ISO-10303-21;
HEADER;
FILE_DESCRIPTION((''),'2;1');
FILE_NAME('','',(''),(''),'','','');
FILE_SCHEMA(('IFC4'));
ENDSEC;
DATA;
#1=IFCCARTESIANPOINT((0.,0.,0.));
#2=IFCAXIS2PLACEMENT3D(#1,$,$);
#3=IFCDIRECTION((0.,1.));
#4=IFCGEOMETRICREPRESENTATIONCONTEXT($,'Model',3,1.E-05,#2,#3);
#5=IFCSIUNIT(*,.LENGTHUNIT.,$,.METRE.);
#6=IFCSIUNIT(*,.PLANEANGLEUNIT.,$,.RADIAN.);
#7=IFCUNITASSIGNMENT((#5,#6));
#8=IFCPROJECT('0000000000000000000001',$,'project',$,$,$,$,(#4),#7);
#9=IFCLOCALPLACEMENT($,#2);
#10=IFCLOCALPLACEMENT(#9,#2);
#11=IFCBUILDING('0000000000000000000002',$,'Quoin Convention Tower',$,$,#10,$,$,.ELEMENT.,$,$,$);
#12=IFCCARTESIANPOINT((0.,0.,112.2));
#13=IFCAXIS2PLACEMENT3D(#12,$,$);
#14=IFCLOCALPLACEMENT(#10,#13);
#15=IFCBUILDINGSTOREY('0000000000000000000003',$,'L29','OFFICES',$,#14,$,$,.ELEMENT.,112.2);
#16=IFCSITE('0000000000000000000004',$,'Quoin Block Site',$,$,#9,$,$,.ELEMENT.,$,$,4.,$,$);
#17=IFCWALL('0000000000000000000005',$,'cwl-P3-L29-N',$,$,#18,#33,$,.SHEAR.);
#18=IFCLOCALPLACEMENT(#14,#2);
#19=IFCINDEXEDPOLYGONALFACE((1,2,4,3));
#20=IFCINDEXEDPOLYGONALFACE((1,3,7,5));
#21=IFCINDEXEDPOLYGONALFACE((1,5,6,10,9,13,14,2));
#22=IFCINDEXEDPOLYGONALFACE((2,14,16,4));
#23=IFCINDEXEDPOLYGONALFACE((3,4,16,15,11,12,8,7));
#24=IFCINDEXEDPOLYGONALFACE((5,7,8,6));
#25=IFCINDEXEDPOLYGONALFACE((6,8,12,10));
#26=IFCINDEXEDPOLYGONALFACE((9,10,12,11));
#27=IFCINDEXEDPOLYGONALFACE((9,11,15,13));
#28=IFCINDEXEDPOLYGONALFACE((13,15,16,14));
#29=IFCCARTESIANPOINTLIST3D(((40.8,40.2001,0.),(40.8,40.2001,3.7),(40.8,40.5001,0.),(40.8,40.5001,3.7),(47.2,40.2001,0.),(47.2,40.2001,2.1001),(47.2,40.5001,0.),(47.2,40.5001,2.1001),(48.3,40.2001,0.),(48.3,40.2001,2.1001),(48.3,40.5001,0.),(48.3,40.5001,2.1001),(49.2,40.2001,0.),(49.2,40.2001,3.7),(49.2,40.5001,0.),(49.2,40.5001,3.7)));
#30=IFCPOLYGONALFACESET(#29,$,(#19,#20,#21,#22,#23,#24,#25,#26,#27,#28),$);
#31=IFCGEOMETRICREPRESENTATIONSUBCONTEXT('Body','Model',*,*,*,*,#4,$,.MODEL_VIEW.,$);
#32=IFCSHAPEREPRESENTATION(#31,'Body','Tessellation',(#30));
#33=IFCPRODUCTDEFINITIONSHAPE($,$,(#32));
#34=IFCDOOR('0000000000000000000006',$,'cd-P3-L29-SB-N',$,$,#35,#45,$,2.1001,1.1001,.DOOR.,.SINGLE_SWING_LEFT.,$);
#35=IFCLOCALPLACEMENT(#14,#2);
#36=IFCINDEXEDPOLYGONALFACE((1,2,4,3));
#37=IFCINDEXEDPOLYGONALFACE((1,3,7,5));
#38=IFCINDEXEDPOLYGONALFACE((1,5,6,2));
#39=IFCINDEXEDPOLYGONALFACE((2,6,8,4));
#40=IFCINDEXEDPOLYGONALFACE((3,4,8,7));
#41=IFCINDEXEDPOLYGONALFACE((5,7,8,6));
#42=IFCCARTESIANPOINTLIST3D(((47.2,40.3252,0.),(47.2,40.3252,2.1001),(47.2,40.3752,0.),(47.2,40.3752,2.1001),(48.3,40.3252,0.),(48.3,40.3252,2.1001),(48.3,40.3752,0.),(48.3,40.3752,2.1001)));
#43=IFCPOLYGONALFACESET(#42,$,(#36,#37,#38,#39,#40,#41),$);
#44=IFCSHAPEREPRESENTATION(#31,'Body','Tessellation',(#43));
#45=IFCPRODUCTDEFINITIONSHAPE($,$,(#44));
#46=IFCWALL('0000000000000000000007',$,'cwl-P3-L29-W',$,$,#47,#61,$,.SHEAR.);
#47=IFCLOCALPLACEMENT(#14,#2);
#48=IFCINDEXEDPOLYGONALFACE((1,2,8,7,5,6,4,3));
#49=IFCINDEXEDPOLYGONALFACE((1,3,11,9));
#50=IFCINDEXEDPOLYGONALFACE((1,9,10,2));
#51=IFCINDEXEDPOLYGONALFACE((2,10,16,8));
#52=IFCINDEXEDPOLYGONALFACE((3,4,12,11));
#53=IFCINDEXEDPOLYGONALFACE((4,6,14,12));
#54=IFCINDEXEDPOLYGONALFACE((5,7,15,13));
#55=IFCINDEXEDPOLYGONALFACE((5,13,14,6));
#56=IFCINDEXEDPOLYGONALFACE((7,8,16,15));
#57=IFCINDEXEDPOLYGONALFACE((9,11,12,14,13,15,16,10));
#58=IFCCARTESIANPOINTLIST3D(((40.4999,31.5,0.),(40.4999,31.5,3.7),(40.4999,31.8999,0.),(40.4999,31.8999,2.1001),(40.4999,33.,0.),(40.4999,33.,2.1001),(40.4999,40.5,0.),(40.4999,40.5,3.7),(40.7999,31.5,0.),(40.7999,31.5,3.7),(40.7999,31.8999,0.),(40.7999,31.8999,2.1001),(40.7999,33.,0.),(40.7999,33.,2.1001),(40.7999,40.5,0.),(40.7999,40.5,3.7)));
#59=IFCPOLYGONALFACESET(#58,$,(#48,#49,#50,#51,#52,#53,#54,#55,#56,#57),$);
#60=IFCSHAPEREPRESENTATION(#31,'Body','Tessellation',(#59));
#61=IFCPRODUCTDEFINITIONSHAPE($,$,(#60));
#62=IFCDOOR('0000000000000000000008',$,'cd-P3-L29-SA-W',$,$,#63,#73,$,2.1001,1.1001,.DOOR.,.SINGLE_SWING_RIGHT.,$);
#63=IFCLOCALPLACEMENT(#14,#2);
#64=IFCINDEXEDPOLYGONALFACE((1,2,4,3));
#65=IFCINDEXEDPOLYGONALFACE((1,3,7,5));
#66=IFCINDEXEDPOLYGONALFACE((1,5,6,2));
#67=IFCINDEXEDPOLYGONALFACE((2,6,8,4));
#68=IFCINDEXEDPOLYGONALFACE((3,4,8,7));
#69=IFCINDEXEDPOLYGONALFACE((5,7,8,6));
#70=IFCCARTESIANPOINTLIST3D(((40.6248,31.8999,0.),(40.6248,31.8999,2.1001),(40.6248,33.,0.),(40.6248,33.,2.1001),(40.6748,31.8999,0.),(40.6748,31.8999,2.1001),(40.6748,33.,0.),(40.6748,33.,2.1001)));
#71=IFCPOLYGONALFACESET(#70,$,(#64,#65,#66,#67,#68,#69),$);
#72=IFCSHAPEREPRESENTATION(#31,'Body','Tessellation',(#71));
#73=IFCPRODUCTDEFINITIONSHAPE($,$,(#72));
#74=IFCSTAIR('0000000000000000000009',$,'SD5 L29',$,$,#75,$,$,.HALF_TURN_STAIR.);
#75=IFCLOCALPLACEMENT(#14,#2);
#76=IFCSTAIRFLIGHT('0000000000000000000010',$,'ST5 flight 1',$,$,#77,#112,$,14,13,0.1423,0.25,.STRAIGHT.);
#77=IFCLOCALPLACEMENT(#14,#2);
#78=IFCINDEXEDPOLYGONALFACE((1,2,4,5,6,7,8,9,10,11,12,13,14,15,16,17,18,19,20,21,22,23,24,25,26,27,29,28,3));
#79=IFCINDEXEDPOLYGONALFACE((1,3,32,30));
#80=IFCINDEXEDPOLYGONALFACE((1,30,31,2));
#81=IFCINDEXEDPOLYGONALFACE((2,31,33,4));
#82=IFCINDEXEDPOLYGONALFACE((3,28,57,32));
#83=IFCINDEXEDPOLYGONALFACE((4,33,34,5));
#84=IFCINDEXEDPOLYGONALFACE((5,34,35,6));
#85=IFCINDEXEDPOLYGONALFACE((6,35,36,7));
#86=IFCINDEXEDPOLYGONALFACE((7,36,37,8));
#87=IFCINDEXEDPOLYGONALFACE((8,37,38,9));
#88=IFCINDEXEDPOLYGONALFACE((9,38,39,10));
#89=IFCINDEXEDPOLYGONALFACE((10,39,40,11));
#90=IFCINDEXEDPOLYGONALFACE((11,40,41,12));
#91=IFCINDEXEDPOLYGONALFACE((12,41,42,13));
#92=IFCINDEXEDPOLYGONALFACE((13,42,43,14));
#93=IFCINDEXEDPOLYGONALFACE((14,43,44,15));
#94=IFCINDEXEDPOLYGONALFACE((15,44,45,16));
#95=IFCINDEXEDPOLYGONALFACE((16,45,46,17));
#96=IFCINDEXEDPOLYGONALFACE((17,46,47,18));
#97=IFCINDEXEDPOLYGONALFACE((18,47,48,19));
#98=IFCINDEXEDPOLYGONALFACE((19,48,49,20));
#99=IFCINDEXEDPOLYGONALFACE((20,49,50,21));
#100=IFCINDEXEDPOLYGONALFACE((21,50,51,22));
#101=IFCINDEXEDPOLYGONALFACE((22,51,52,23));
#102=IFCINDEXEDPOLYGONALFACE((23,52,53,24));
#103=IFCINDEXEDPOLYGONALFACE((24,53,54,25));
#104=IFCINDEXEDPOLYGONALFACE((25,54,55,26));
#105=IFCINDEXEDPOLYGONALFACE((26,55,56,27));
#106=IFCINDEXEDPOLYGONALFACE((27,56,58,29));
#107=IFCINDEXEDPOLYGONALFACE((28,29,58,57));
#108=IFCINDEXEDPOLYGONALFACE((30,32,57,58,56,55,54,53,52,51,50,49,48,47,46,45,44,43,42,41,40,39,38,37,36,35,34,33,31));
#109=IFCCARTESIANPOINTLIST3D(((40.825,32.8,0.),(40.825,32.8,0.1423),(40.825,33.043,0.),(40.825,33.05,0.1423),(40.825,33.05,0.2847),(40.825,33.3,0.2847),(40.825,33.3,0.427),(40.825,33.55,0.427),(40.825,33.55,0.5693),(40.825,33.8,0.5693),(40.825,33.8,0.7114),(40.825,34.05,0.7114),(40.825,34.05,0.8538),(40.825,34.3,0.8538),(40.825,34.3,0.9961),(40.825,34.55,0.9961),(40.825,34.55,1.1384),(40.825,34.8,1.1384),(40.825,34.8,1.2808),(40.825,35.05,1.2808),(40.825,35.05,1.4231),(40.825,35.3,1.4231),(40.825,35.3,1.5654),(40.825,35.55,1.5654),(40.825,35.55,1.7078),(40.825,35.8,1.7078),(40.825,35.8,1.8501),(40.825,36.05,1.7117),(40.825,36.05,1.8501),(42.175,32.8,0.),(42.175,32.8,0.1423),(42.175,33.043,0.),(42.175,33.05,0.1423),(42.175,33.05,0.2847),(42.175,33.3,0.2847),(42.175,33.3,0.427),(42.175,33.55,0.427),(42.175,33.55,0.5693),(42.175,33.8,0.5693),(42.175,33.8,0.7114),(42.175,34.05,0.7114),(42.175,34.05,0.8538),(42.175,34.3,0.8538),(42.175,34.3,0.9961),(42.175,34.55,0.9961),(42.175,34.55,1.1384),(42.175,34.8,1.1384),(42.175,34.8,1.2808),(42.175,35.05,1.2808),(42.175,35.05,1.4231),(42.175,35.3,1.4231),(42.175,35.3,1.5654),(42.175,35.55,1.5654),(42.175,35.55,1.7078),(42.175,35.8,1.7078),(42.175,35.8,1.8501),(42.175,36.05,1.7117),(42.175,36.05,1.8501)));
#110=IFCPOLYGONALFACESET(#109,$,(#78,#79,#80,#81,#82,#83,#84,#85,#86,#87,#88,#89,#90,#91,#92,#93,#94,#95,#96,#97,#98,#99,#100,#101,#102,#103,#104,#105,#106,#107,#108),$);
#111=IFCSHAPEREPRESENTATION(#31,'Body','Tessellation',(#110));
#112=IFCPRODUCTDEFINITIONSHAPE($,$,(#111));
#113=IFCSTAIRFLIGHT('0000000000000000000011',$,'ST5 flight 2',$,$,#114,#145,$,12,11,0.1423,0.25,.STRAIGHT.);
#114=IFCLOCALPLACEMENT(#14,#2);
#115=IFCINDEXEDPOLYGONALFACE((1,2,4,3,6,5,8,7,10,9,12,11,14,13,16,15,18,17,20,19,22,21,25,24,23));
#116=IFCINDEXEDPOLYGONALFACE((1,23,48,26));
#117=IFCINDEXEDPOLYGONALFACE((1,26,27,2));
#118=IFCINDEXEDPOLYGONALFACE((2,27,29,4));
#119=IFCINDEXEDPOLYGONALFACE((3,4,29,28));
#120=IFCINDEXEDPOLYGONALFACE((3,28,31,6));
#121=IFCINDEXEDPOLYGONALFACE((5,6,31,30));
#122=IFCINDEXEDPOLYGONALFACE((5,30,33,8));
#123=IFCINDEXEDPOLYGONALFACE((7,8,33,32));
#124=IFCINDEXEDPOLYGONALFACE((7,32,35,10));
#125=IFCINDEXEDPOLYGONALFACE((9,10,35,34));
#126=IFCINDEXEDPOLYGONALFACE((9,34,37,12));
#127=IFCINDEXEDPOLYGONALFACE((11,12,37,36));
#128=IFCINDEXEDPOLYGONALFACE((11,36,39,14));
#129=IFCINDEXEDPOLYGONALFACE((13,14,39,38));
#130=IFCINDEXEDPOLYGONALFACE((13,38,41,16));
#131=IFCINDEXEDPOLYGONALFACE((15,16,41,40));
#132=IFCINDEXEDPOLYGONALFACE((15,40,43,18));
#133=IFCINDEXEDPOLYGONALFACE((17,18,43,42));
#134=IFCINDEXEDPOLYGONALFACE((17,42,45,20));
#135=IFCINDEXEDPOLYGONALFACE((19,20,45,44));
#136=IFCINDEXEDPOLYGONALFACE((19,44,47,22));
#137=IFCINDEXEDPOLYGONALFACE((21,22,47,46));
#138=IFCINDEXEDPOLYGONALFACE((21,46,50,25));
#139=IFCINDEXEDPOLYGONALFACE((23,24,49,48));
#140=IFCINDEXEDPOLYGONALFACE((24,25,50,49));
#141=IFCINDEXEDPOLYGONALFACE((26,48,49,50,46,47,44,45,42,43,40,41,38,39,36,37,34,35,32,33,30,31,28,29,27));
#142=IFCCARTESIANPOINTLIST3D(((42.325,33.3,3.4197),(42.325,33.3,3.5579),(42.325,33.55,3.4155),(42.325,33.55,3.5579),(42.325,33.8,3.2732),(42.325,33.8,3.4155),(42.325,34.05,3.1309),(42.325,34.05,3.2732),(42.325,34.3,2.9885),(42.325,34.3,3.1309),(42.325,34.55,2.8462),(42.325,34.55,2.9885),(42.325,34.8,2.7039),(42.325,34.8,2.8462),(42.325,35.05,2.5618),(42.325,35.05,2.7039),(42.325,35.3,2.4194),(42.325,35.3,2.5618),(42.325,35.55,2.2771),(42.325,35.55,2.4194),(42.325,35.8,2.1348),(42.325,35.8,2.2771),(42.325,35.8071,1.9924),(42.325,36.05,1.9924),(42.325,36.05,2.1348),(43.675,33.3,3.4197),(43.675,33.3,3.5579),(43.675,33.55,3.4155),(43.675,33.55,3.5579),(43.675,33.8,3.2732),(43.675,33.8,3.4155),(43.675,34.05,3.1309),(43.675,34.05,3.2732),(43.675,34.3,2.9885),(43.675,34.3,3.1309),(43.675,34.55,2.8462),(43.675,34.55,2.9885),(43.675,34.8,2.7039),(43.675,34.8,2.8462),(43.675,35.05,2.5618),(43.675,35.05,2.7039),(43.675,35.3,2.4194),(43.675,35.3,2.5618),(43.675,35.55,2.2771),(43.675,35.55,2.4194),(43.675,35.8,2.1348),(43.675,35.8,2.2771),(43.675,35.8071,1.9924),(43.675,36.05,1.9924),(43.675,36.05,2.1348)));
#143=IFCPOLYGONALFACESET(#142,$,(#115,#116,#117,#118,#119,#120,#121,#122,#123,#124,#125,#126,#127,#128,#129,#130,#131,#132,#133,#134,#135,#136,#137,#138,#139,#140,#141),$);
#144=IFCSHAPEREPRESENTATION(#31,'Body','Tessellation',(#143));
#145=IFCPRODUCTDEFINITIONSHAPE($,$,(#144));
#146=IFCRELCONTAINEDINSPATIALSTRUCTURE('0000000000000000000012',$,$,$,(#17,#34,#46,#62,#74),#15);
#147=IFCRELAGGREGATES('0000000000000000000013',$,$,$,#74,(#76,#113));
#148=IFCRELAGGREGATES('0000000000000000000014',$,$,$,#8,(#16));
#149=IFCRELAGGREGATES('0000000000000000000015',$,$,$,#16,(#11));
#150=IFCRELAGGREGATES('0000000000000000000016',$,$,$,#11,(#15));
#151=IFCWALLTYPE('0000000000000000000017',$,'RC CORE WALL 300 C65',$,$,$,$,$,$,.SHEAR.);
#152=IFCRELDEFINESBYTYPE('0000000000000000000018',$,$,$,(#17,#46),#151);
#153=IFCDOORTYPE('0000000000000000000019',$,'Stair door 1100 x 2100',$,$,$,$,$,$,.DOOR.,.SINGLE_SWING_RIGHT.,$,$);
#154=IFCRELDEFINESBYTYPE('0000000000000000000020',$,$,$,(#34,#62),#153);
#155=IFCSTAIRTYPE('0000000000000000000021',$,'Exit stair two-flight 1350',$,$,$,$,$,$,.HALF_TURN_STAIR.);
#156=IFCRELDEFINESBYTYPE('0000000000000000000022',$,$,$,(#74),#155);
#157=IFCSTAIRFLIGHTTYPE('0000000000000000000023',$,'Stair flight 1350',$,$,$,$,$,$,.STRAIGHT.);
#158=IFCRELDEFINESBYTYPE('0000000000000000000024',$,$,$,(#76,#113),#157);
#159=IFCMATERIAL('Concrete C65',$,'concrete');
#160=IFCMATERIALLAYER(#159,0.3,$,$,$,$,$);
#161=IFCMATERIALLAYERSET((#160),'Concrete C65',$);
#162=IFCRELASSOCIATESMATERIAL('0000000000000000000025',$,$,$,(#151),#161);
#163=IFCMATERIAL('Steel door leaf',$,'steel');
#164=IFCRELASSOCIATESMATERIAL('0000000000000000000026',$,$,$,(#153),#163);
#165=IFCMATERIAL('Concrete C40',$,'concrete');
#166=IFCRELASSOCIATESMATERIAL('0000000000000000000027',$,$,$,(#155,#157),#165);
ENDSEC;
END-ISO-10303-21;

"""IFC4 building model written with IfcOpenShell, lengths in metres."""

from ifc_helpers import new_model, si_unit, direction, frame, frame_2d, origin, place, context, subcontext, project, spatial, polyline, rectangle, outline, extrude, material, layer, layer_set, type_object, element, fill, aggregate, save


model = new_model("IFC4")

# Units and contexts
model_context = context("Model", 3, precision=1e-05, world=origin(), true_north=direction((0.0, 1.0)))
body_context = subcontext(model_context, "Body", "Model", "MODEL_VIEW")
ifc_project = project(units=[si_unit("LENGTHUNIT", "METRE"), si_unit("PLANEANGLEUNIT", "RADIAN")], contexts=[model_context])

# Site, building, storey
site_placement = place(None, origin())
site = spatial("IfcSite", under=ifc_project, at=site_placement, Name="Quoin Block Site", CompositionType="ELEMENT", RefElevation=4.0)
building_placement = place(site_placement, origin())
building = spatial("IfcBuilding", under=site, at=building_placement, Name="Quoin Convention Tower", CompositionType="ELEMENT")
storey_placement = place(building_placement, frame((0.0, 0.0, 112.2)))
storey = spatial("IfcBuildingStorey", under=building, at=storey_placement, Name="L29", Description="OFFICES", CompositionType="ELEMENT", Elevation=112.2)

# Shared definitions
ifc_material_1 = material(Name="Concrete C65", Category="concrete")

# Walls, openings, doors
ifc_layer_1 = layer(ifc_material_1, 0.3)
ifc_layer_set_1 = layer_set([ifc_layer_1], Name="Concrete C65")
wall_type_1 = type_object("IfcWallType", Name="RC CORE WALL 300 C65", PredefinedType="SHEAR", material=ifc_layer_set_1)
ifc_material_2 = material(Name="Steel door leaf", Category="steel")
wall_1_placement = place(storey_placement, frame((40.8, 40.3501, 0.0), z_axis=(0.0, 0.0, 1.0), x_axis=(1.0, 0.0, 0.0)))
wall_1 = element("IfcWall", 1, at=wall_1_placement, inside=storey, type_object=wall_type_1, Name="cwl-P3-L29-N", PredefinedType="SHEAR", context=body_context, shape_type="SweptSolid", body=[
    extrude(rectangle(XDim=8.3999, YDim=0.3, at=frame_2d((4.2, 0.0))), origin(), (0.0, 0.0, 1.0), 3.7),
])
opening_1_placement = place(wall_1_placement, frame((6.3999, 0.0, 0.0)))
opening_1 = element("IfcOpeningElement", 2, at=opening_1_placement, cuts=wall_1, PredefinedType="OPENING", context=body_context, shape_type="SweptSolid", body=[
    extrude(rectangle(XDim=1.1001, YDim=2.1001, at=frame_2d((0.55, 1.05))), frame((0.0, 0.1599, 0.0), z_axis=(0.0, -1.0, 0.0), x_axis=(1.0, 0.0, 0.0)), (0.0, 0.0, 1.0), 0.3201),
])
door_type_1 = type_object("IfcDoorType", Name="Stair door 1100 x 2100", OperationType="SINGLE_SWING_RIGHT", PredefinedType="DOOR", material=ifc_material_2)
door_1_placement = place(opening_1_placement, frame((1.1001, 0.0, 0.0), z_axis=(0.0, 0.0, 1.0), x_axis=(-1.0, 0.0, 0.0)))
door_1 = element("IfcDoor", 3, at=door_1_placement, inside=storey, type_object=door_type_1, Name="cd-P3-L29-SB-N", OperationType="SINGLE_SWING_LEFT", OverallHeight=2.1001, OverallWidth=1.1001, PredefinedType="DOOR", context=body_context, shape_type="SweptSolid", body=[
    extrude(rectangle(XDim=1.1001, YDim=2.1001, at=frame_2d((0.55, 1.05))), frame((0.0, 0.0249, 0.0), z_axis=(0.0, -1.0, 0.0), x_axis=(1.0, 0.0, 0.0)), (0.0, 0.0, 1.0), 0.05),
])
fill(opening_1, door_1)
wall_2_placement = place(storey_placement, frame((40.6499, 31.5, 0.0), z_axis=(0.0, 0.0, 1.0), x_axis=(0.0, 1.0, 0.0)))
wall_2 = element("IfcWall", 4, at=wall_2_placement, inside=storey, type_object=wall_type_1, Name="cwl-P3-L29-W", PredefinedType="SHEAR", context=body_context, shape_type="SweptSolid", body=[
    extrude(rectangle(XDim=9.0, YDim=0.3, at=frame_2d((4.5, 0.0))), origin(), (0.0, 0.0, 1.0), 3.7),
])
opening_2_placement = place(wall_2_placement, frame((0.3999, 0.0, 0.0)))
opening_2 = element("IfcOpeningElement", 5, at=opening_2_placement, cuts=wall_2, PredefinedType="OPENING", context=body_context, shape_type="SweptSolid", body=[
    extrude(rectangle(XDim=1.1001, YDim=2.1001, at=frame_2d((0.55, 1.05))), frame((0.0, 0.1599, 0.0), z_axis=(0.0, -1.0, 0.0), x_axis=(1.0, 0.0, 0.0)), (0.0, 0.0, 1.0), 0.3201),
])
door_2_placement = place(opening_2_placement, frame((1.1001, 0.0, 0.0), z_axis=(0.0, 0.0, 1.0), x_axis=(-1.0, 0.0, 0.0)))
door_2 = element("IfcDoor", 6, at=door_2_placement, inside=storey, type_object=door_type_1, Name="cd-P3-L29-SA-W", OperationType="SINGLE_SWING_RIGHT", OverallHeight=2.1001, OverallWidth=1.1001, PredefinedType="DOOR", context=body_context, shape_type="SweptSolid", body=[
    extrude(rectangle(XDim=1.1001, YDim=2.1001, at=frame_2d((0.55, 1.05))), frame((0.0, 0.0249, 0.0), z_axis=(0.0, -1.0, 0.0), x_axis=(1.0, 0.0, 0.0)), (0.0, 0.0, 1.0), 0.05),
])
fill(opening_2, door_2)

# Stair, stair flights
ifc_material_3 = material(Name="Concrete C40", Category="concrete")
stair_type = type_object("IfcStairType", Name="Exit stair two-flight 1350", PredefinedType="HALF_TURN_STAIR", material=ifc_material_3)
stair_placement = place(storey_placement, origin())
stair = element("IfcStair", 7, at=stair_placement, inside=storey, type_object=stair_type, Name="SD5 L29", PredefinedType="HALF_TURN_STAIR")
stair_flight_type = type_object("IfcStairFlightType", Name="Stair flight 1350", PredefinedType="STRAIGHT", material=ifc_material_3)
stair_flight_1_placement = place(storey_placement, frame((41.5, 32.8, 0.0), z_axis=(0.0, 0.0, 1.0), x_axis=(0.0, 1.0, 0.0)))
stair_flight_1 = element("IfcStairFlight", 8, at=stair_flight_1_placement, type_object=stair_flight_type, Name="ST5 flight 1", NumberOfRisers=14, NumberOfTreads=13, PredefinedType="STRAIGHT", RiserHeight=0.1423, TreadLength=0.25, context=body_context, shape_type="SweptSolid", body=[
    extrude(outline(polyline([(0.0, 0.0), (0.0, 0.1423), (0.25, 0.1423), (0.25, 0.2847), (0.5, 0.2847), (0.5, 0.427), (0.75, 0.427), (0.75, 0.5693), (1.0, 0.5693), (1.0, 0.7114), (1.25, 0.7114), (1.25, 0.8538), (1.5, 0.8538), (1.5, 0.9961), (1.75, 0.9961), (1.75, 1.1384), (2.0, 1.1384), (2.0, 1.2808), (2.25, 1.2808), (2.25, 1.4231), (2.5, 1.4231), (2.5, 1.5654), (2.75, 1.5654), (2.75, 1.7078), (3.0, 1.7078), (3.0, 1.8501), (3.25, 1.8501), (3.25, 1.9922), (3.25, 1.7117), (0.2429, 0.0), (0.0, 0.0)])), frame((0.0, 0.675, 0.0), z_axis=(0.0, -1.0, 0.0), x_axis=(1.0, 0.0, 0.0)), (0.0, 0.0, 1.0), 1.3501),
])
stair_flight_2_placement = place(storey_placement, frame((43.0, 36.05, 1.9924), z_axis=(0.0, 0.0, 1.0), x_axis=(0.0, -1.0, 0.0)))
stair_flight_2 = element("IfcStairFlight", 9, at=stair_flight_2_placement, type_object=stair_flight_type, Name="ST5 flight 2", NumberOfRisers=12, NumberOfTreads=11, PredefinedType="STRAIGHT", RiserHeight=0.1423, TreadLength=0.25, context=body_context, shape_type="SweptSolid", body=[
    extrude(outline(polyline([(0.0, 0.0), (0.0, 0.1423), (0.25, 0.1423), (0.25, 0.2847), (0.5, 0.2847), (0.5, 0.427), (0.75, 0.427), (0.75, 0.5693), (1.0, 0.5693), (1.0, 0.7114), (1.25, 0.7114), (1.25, 0.8538), (1.5, 0.8538), (1.5, 0.9961), (1.75, 0.9961), (1.75, 1.1384), (2.0, 1.1384), (2.0, 1.2808), (2.25, 1.2808), (2.25, 1.4231), (2.5, 1.4231), (2.5, 1.5654), (2.75, 1.5654), (2.75, 1.7078), (2.75, 1.4272), (0.2429, 0.0), (0.0, 0.0)])), frame((0.0, 0.675, 0.0), z_axis=(0.0, -1.0, 0.0), x_axis=(1.0, 0.0, 0.0)), (0.0, 0.0, 1.0), 1.3501),
])
aggregate(stair, [stair_flight_1, stair_flight_2])

save(model, "model.ifc")
